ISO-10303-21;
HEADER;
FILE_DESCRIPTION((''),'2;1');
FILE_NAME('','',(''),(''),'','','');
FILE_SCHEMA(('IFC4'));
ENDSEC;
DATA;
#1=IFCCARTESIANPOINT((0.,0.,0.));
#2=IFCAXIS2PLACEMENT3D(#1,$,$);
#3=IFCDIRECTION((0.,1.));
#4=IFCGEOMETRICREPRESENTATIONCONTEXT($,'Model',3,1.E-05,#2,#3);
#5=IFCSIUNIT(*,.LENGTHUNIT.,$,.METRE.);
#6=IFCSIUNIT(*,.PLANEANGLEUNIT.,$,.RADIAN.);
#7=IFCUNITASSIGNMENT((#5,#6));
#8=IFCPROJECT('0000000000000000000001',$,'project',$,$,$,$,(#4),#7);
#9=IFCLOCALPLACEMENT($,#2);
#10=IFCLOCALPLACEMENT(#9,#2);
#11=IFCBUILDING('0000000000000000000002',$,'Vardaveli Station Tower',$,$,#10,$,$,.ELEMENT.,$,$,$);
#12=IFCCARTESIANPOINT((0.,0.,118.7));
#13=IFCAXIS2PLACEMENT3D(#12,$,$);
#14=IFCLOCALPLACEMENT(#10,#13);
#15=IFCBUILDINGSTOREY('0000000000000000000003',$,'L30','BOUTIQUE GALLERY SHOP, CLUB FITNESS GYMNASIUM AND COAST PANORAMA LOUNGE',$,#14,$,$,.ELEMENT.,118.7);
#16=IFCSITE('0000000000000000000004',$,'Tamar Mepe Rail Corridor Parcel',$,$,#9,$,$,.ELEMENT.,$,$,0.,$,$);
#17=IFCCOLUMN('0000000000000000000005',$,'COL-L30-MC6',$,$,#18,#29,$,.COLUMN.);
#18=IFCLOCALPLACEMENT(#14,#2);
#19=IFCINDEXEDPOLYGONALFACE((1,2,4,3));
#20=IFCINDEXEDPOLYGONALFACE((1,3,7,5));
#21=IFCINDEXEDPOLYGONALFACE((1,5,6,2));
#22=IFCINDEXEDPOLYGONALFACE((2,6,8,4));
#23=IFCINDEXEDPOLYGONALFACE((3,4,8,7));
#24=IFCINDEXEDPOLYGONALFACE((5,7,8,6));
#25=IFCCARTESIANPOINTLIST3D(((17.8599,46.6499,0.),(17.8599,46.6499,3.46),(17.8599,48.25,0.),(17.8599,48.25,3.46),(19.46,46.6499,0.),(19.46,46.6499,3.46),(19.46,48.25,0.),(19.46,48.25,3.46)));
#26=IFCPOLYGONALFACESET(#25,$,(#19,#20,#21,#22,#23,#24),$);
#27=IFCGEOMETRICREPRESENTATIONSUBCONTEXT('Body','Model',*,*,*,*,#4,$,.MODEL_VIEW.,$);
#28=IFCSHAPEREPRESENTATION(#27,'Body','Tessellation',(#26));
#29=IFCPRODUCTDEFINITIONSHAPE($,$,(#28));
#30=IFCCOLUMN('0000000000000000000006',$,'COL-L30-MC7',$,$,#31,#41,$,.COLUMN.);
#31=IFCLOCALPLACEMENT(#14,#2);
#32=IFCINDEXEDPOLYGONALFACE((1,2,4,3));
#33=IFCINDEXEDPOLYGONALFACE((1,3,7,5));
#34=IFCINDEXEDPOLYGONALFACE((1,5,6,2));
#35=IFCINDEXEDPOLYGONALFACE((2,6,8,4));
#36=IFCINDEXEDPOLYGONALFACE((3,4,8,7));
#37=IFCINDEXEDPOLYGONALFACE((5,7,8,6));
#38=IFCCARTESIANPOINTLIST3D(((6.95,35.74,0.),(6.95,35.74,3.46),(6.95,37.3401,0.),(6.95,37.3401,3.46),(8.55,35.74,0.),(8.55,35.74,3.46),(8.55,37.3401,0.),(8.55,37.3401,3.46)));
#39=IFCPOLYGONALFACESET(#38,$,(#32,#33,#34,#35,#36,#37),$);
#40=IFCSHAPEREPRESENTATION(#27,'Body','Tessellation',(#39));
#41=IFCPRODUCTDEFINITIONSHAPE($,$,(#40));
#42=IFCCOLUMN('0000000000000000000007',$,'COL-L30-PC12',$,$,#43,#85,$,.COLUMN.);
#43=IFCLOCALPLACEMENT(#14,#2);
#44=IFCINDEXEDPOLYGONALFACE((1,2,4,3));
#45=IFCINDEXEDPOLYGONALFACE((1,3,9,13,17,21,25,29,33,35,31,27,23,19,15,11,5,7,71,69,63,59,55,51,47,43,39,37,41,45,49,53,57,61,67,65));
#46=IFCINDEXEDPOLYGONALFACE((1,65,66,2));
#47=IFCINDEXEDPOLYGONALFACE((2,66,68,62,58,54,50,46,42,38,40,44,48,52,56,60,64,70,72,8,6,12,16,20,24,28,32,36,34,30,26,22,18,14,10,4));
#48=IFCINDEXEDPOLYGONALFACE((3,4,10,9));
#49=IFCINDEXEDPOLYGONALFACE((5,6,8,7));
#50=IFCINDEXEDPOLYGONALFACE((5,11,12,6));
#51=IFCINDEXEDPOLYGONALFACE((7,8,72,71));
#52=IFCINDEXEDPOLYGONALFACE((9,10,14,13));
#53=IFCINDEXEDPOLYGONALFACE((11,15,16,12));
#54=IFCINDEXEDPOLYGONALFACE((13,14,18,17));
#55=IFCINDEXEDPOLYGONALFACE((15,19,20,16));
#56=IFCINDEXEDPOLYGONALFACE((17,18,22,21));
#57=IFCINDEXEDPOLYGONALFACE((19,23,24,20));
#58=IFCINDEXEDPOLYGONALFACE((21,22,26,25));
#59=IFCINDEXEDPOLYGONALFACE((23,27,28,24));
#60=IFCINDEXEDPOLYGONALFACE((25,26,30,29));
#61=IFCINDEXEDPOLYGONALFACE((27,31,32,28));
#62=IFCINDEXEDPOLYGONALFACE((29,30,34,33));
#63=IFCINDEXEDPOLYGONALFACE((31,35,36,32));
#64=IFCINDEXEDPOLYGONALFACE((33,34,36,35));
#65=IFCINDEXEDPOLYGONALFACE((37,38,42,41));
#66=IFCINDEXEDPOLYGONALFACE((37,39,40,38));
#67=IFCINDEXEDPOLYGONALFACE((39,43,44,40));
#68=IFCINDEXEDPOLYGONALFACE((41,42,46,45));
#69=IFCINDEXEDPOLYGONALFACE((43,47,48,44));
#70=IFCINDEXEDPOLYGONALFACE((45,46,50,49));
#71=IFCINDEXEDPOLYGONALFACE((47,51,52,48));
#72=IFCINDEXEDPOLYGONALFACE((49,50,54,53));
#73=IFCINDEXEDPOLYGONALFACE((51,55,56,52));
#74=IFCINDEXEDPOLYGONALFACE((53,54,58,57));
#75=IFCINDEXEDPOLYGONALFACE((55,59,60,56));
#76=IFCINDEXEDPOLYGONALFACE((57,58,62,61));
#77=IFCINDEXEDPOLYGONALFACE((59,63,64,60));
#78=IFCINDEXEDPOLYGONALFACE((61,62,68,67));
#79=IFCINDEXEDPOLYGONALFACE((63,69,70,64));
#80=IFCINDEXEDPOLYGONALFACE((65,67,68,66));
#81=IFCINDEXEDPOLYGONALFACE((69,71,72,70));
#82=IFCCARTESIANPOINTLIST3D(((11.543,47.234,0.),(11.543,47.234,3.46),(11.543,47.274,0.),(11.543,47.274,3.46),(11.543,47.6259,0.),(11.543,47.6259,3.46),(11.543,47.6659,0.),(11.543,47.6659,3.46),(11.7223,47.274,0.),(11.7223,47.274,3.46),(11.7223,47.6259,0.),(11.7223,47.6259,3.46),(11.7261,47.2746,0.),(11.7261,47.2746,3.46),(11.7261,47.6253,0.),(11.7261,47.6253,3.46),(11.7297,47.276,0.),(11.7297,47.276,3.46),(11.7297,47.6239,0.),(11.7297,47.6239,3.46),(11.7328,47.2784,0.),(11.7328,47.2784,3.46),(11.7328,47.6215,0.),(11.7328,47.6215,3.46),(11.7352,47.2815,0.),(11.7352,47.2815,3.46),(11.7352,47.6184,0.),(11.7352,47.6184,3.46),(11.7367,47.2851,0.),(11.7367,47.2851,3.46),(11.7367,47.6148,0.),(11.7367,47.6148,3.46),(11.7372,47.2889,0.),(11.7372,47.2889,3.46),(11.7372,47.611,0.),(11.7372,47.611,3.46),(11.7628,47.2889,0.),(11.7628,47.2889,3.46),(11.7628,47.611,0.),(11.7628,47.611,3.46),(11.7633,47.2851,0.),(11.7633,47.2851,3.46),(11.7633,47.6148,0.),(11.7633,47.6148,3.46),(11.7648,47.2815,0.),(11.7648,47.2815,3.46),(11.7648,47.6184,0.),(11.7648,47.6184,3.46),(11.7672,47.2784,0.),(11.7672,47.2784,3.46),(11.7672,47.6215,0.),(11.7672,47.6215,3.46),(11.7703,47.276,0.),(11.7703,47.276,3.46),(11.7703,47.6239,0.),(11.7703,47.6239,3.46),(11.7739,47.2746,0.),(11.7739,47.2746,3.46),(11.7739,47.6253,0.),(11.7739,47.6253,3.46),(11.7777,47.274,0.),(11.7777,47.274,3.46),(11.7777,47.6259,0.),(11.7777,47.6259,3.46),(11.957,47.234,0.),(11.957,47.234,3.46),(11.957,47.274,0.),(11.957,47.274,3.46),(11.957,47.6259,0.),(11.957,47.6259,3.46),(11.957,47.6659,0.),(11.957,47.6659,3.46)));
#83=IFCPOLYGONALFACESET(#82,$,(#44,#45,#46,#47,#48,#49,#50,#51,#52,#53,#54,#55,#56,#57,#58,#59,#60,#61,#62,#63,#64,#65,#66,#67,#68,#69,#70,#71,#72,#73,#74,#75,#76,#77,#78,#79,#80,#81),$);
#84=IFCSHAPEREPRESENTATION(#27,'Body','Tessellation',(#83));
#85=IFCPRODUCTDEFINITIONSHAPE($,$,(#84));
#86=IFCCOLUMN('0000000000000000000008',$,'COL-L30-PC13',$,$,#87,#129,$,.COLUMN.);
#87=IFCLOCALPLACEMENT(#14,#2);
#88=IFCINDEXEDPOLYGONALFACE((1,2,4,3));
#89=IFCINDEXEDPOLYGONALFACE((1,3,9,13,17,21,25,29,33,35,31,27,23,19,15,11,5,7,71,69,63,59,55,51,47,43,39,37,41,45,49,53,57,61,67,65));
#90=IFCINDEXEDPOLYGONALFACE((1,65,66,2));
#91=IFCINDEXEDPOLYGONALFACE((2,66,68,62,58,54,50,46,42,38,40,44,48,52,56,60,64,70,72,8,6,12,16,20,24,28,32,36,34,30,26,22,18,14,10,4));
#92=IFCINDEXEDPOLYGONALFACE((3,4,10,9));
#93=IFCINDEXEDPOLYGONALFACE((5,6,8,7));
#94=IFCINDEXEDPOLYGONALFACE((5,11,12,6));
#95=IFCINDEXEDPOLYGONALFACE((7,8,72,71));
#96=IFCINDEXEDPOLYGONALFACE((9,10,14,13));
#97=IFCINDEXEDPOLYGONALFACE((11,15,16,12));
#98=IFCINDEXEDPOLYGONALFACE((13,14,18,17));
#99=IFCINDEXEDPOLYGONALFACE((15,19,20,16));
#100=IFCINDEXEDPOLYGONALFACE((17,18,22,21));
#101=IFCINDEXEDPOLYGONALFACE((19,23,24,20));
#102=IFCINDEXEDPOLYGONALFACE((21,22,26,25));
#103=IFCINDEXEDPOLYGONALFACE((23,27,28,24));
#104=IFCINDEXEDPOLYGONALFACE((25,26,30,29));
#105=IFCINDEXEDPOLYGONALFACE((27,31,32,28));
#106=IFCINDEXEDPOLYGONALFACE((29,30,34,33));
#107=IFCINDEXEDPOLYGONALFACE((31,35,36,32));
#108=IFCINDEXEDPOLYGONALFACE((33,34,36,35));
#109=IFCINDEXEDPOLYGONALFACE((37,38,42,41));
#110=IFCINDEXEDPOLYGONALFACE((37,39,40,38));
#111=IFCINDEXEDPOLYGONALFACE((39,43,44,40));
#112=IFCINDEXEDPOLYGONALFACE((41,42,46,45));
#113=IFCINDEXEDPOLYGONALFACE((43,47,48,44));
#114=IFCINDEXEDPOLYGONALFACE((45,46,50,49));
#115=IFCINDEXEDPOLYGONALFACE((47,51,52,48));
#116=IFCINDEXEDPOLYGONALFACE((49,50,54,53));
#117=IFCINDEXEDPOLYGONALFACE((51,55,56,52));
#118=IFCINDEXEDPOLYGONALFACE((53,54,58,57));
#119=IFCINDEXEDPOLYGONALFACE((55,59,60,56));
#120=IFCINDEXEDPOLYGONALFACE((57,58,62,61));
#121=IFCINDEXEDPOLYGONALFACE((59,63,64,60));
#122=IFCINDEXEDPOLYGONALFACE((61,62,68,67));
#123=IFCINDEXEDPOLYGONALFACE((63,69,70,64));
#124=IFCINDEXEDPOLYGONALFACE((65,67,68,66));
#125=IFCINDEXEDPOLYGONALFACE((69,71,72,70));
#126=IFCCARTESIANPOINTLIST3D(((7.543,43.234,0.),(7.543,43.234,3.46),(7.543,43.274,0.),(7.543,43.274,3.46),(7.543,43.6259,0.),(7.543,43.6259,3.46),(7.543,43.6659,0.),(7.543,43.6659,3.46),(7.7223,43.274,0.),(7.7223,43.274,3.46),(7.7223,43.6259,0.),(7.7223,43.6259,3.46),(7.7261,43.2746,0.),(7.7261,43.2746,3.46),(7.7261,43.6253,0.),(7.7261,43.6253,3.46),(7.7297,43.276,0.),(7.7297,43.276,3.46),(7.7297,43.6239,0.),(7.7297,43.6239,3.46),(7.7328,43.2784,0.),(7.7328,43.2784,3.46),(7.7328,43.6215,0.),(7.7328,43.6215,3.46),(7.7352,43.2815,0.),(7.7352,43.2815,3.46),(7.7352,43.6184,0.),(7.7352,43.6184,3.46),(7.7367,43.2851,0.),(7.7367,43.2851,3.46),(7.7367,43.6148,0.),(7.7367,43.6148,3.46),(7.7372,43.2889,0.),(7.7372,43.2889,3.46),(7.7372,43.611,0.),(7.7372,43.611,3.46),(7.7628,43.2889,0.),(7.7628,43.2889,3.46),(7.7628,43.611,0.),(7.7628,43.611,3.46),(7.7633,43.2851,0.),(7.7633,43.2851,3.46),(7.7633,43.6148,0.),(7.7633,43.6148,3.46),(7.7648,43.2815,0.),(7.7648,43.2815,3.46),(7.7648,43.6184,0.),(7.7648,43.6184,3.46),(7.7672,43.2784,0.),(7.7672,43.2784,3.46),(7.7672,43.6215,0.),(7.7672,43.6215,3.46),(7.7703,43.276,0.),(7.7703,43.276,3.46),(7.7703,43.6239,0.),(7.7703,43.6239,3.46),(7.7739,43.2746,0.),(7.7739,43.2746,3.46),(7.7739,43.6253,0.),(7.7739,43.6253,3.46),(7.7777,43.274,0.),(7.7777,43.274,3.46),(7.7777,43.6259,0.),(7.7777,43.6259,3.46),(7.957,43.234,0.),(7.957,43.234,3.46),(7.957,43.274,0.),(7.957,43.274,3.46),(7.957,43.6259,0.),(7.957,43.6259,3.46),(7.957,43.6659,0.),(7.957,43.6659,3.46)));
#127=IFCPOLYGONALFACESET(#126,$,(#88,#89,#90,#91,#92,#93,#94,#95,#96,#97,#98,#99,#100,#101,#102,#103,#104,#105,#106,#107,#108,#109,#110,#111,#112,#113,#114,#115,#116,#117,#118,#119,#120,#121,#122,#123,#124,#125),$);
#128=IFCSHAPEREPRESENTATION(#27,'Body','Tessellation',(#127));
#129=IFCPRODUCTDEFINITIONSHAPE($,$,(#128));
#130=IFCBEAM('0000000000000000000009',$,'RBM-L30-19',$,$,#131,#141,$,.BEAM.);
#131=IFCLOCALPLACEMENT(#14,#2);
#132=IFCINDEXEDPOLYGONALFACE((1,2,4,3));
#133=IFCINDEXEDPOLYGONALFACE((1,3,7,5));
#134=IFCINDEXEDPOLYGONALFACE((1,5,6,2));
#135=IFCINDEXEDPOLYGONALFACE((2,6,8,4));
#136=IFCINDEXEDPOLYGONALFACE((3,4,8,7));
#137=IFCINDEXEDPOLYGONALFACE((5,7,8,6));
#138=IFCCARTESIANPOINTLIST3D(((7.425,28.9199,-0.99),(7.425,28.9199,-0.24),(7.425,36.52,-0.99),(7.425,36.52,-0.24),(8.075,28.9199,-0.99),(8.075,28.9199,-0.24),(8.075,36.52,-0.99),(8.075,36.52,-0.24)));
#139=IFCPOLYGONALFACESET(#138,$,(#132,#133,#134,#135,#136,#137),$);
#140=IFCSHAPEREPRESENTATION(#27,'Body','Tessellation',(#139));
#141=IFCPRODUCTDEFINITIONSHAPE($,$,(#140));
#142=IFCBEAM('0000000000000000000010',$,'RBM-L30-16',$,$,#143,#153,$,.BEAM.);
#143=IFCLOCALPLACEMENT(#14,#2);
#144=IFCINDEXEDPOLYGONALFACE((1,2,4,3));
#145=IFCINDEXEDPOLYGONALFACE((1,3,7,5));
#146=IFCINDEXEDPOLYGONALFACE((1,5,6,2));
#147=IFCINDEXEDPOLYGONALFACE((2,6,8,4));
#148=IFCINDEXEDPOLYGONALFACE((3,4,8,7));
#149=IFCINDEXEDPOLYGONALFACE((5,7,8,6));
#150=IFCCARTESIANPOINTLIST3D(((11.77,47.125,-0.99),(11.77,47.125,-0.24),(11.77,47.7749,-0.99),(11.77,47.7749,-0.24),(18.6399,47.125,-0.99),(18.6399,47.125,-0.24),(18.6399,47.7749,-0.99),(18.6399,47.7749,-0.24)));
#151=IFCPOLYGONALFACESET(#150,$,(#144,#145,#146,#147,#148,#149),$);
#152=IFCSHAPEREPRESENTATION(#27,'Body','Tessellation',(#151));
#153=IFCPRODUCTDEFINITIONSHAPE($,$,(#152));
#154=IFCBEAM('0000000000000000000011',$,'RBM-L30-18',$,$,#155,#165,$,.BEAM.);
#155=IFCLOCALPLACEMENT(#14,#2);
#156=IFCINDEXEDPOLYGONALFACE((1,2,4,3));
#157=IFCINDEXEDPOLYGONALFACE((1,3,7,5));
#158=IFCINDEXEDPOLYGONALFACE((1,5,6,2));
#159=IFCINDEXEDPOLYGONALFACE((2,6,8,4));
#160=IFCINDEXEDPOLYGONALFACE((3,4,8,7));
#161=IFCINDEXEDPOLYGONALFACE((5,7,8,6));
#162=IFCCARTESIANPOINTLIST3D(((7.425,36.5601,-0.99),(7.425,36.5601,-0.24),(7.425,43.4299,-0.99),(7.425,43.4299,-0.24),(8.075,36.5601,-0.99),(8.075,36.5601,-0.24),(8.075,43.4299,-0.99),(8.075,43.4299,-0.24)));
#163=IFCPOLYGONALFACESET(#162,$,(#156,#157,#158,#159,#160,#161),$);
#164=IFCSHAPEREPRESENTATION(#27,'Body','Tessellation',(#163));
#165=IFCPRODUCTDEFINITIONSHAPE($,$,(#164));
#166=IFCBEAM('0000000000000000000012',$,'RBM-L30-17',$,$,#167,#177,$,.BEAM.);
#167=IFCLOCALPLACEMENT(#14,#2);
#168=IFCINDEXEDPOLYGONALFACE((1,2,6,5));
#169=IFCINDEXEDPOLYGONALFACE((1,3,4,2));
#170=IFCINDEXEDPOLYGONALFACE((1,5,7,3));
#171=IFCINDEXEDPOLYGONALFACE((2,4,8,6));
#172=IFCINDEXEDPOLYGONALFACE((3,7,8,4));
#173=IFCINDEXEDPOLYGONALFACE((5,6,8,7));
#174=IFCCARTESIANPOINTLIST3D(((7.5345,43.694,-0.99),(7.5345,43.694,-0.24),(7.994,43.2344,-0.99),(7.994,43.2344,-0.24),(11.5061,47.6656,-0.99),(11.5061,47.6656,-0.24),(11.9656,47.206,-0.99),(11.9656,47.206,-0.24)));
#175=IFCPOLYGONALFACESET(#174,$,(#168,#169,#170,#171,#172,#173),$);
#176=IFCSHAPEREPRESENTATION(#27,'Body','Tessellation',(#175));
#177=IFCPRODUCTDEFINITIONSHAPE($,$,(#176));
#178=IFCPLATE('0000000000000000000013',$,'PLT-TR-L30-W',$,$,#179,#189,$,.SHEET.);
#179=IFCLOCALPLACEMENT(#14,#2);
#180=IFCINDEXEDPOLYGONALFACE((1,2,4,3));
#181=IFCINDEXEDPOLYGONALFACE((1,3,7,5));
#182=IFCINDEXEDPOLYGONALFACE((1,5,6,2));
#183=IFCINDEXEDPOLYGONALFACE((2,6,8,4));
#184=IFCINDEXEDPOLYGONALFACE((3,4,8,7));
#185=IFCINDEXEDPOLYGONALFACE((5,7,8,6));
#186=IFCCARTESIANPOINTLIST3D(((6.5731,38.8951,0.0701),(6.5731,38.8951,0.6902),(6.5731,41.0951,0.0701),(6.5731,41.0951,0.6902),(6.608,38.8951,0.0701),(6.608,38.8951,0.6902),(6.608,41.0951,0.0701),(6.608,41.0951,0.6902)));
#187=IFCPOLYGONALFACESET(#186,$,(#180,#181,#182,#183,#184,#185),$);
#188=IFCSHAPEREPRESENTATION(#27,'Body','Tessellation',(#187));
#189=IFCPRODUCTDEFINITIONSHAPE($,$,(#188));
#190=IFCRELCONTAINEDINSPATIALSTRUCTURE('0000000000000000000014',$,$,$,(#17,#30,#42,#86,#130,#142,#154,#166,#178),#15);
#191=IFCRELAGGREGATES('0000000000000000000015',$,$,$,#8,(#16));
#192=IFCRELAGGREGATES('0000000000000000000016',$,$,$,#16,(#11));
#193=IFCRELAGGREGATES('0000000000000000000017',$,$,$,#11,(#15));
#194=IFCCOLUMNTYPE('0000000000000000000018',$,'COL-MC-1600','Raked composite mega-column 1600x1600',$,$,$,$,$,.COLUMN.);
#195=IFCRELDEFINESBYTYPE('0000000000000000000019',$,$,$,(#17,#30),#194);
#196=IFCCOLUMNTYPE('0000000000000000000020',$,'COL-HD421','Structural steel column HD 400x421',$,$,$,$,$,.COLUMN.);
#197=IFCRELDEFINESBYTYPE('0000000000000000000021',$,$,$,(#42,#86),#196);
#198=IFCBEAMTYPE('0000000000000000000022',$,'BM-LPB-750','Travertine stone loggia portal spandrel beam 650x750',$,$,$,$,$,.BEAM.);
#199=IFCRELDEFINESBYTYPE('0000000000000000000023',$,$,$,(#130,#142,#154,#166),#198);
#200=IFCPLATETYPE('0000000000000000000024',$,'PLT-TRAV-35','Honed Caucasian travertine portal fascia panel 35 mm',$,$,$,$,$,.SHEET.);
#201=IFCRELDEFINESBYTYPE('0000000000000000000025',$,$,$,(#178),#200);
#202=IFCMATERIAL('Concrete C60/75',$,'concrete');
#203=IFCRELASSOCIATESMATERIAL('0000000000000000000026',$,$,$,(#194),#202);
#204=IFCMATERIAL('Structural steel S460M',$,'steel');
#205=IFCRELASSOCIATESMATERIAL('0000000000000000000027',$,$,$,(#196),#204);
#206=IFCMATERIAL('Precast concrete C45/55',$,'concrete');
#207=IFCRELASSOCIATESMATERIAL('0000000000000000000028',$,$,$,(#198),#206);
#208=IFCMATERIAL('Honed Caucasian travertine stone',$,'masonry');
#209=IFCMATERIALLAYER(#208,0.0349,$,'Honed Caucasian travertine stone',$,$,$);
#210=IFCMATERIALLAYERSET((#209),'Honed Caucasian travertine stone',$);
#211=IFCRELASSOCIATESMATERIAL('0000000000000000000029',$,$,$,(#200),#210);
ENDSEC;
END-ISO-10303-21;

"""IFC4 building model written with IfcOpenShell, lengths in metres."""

from ifc_helpers import new_model, si_unit, direction, frame, origin, origin_2d, place, context, subcontext, project, spatial, rectangle, i_section, extrude, source, transform, mapped, material, layer, layer_set, material_profile, profile_set, type_object, element, save


model = new_model("IFC4")

# Units and contexts
model_context = context("Model", 3, precision=1e-05, world=origin(), true_north=direction((0.0, 1.0)))
body_context = subcontext(model_context, "Body", "Model", "MODEL_VIEW")
ifc_project = project(units=[si_unit("LENGTHUNIT", "METRE"), si_unit("PLANEANGLEUNIT", "RADIAN")], contexts=[model_context])

# Site, building, storey
site_placement = place(None, origin())
site = spatial("IfcSite", under=ifc_project, at=site_placement, Name="Tamar Mepe Rail Corridor Parcel", CompositionType="ELEMENT", RefElevation=0.0)
building_placement = place(site_placement, origin())
building = spatial("IfcBuilding", under=site, at=building_placement, Name="Vardaveli Station Tower", CompositionType="ELEMENT")
storey_placement = place(building_placement, frame((0.0, 0.0, 118.7)))
storey = spatial("IfcBuildingStorey", under=building, at=storey_placement, Name="L30", Description="BOUTIQUE GALLERY SHOP, CLUB FITNESS GYMNASIUM AND COAST PANORAMA LOUNGE", CompositionType="ELEMENT", Elevation=118.7)

# Columns
ifc_material_1 = material(Name="Concrete C60/75", Category="concrete")
ifc_material_profile_1 = material_profile(ifc_material_1, rectangle(XDim=1.6001, YDim=1.6001, at=origin_2d()), Name="MC 1600x1600")
ifc_profile_set_1 = profile_set([ifc_material_profile_1], Name="Concrete C60/75")
column_type_1 = type_object("IfcColumnType", Name="COL-MC-1600", Description="Raked composite mega-column 1600x1600", PredefinedType="COLUMN", material=ifc_profile_set_1)
shared_shape_1 = source(origin(), body_context, "Body", "SweptSolid", [
    extrude(rectangle(XDim=1.6001, YDim=1.6001, at=origin_2d()), origin(), (0.0, 0.0, 1.0), 3.46),
])
for number, where, z_axis, x_axis, name in (
    (1, (18.6599, 47.45, 0.0), (0.0, 0.0, 1.0), (1.0, 0.0, 0.0), "COL-L30-MC6"),
    (2, (7.75, 36.54, 0.0), (0.0, 0.0, 1.0), (1.0, 0.0, 0.0), "COL-L30-MC7"),
):
    element("IfcColumn", number, at=place(storey_placement, frame(where, z_axis=z_axis, x_axis=x_axis)), inside=storey, type_object=column_type_1, Name=name, PredefinedType="COLUMN", context=body_context, shape_type="MappedRepresentation", body=[
        mapped(shared_shape_1, transform((0.0, 0.0, 0.0), scale=1.0)),
    ])
ifc_material_2 = material(Name="Structural steel S460M", Category="steel")
ifc_material_profile_2 = material_profile(ifc_material_2, i_section(OverallWidth=0.4141, OverallDepth=0.4319, WebThickness=0.0256, FlangeThickness=0.04, FilletRadius=0.0149, at=origin_2d()), Name="HD 400x421")
ifc_profile_set_2 = profile_set([ifc_material_profile_2], Name="Structural steel S460M")
column_type_2 = type_object("IfcColumnType", Name="COL-HD421", Description="Structural steel column HD 400x421", PredefinedType="COLUMN", material=ifc_profile_set_2)
shared_shape_2 = source(origin(), body_context, "Body", "SweptSolid", [
    extrude(i_section(OverallWidth=0.4141, OverallDepth=0.4319, WebThickness=0.0256, FlangeThickness=0.04, FilletRadius=0.0149, at=origin_2d()), origin(), (0.0, 0.0, 1.0), 3.46),
])
for number, where, z_axis, x_axis, name in (
    (3, (11.75, 47.45, 0.0), (0.0, 0.0, 1.0), (1.0, 0.0, 0.0), "COL-L30-PC12"),
    (4, (7.75, 43.45, 0.0), (0.0, 0.0, 1.0), (1.0, 0.0, 0.0), "COL-L30-PC13"),
):
    element("IfcColumn", number, at=place(storey_placement, frame(where, z_axis=z_axis, x_axis=x_axis)), inside=storey, type_object=column_type_2, Name=name, PredefinedType="COLUMN", context=body_context, shape_type="MappedRepresentation", body=[
        mapped(shared_shape_2, transform((0.0, 0.0, 0.0), scale=1.0)),
    ])

# Beams
ifc_material_3 = material(Name="Precast concrete C45/55", Category="concrete")
ifc_material_profile_3 = material_profile(ifc_material_3, rectangle(XDim=0.6499, YDim=0.75, at=origin_2d()), Name="LPB 650x750")
ifc_profile_set_3 = profile_set([ifc_material_profile_3], Name="Precast concrete C45/55")
beam_type = type_object("IfcBeamType", Name="BM-LPB-750", Description="Travertine stone loggia portal spandrel beam 650x750", PredefinedType="BEAM", material=ifc_profile_set_3)
shared_shape_3 = source(origin(), body_context, "Body", "SweptSolid", [
    extrude(rectangle(XDim=0.6499, YDim=0.75, at=origin_2d()), origin(), (0.0, 0.0, 1.0), 7.6001),
])
beam_1_placement = place(storey_placement, frame((7.75, 36.52, -0.615), z_axis=(0.0, -1.0, 0.0), x_axis=(1.0, 0.0, 0.0)))
element("IfcBeam", 5, at=beam_1_placement, inside=storey, type_object=beam_type, Name="RBM-L30-19", PredefinedType="BEAM", context=body_context, shape_type="MappedRepresentation", body=[
    mapped(shared_shape_3, transform((0.0, 0.0, 0.0), scale=1.0)),
])
shared_shape_4 = source(origin(), body_context, "Body", "SweptSolid", [
    extrude(rectangle(XDim=0.6499, YDim=0.75, at=origin_2d()), origin(), (0.0, 0.0, 1.0), 6.8699),
])
for number, where, z_axis, x_axis, name in (
    (6, (18.6399, 47.45, -0.615), (-1.0, 0.0, 0.0), (0.0, -1.0, 0.0), "RBM-L30-16"),
    (7, (7.75, 43.4299, -0.615), (0.0, -1.0, 0.0), (1.0, 0.0, 0.0), "RBM-L30-18"),
):
    element("IfcBeam", number, at=place(storey_placement, frame(where, z_axis=z_axis, x_axis=x_axis)), inside=storey, type_object=beam_type, Name=name, PredefinedType="BEAM", context=body_context, shape_type="MappedRepresentation", body=[
        mapped(shared_shape_4, transform((0.0, 0.0, 0.0), scale=1.0)),
    ])
shared_shape_5 = source(origin(), body_context, "Body", "SweptSolid", [
    extrude(rectangle(XDim=0.6499, YDim=0.75, at=origin_2d()), origin(), (0.0, 0.0, 1.0), 5.6167),
])
beam_2_placement = place(storey_placement, frame((11.7358, 47.4358, -0.615), z_axis=(-0.707107, -0.707107, 0.0), x_axis=(0.707107, -0.707107, 0.0)))
element("IfcBeam", 8, at=beam_2_placement, inside=storey, type_object=beam_type, Name="RBM-L30-17", PredefinedType="BEAM", context=body_context, shape_type="MappedRepresentation", body=[
    mapped(shared_shape_5, transform((0.0, 0.0, 0.0), scale=1.0)),
])

# Plate
ifc_material_4 = material(Name="Honed Caucasian travertine stone", Category="masonry")
ifc_layer_1 = layer(ifc_material_4, 0.0349, Name="Honed Caucasian travertine stone")
ifc_layer_set_1 = layer_set([ifc_layer_1], Name="Honed Caucasian travertine stone")
plate_type = type_object("IfcPlateType", Name="PLT-TRAV-35", Description="Honed Caucasian travertine portal fascia panel 35 mm", PredefinedType="SHEET", material=ifc_layer_set_1)
shared_shape_6 = source(origin(), body_context, "Body", "SweptSolid", [
    extrude(rectangle(XDim=2.2, YDim=0.0349, at=origin_2d()), origin(), (0.0, 0.0, 1.0), 0.6201),
])
plate_placement = place(storey_placement, frame((6.5906, 39.9951, 0.0701), z_axis=(0.0, 0.0, 1.0), x_axis=(0.0, 1.0, 0.0)))
element("IfcPlate", 9, at=plate_placement, inside=storey, type_object=plate_type, Name="PLT-TR-L30-W", PredefinedType="SHEET", context=body_context, shape_type="MappedRepresentation", body=[
    mapped(shared_shape_6, transform((0.0, 0.0, 0.0), scale=1.0)),
])

save(model, "model.ifc")
